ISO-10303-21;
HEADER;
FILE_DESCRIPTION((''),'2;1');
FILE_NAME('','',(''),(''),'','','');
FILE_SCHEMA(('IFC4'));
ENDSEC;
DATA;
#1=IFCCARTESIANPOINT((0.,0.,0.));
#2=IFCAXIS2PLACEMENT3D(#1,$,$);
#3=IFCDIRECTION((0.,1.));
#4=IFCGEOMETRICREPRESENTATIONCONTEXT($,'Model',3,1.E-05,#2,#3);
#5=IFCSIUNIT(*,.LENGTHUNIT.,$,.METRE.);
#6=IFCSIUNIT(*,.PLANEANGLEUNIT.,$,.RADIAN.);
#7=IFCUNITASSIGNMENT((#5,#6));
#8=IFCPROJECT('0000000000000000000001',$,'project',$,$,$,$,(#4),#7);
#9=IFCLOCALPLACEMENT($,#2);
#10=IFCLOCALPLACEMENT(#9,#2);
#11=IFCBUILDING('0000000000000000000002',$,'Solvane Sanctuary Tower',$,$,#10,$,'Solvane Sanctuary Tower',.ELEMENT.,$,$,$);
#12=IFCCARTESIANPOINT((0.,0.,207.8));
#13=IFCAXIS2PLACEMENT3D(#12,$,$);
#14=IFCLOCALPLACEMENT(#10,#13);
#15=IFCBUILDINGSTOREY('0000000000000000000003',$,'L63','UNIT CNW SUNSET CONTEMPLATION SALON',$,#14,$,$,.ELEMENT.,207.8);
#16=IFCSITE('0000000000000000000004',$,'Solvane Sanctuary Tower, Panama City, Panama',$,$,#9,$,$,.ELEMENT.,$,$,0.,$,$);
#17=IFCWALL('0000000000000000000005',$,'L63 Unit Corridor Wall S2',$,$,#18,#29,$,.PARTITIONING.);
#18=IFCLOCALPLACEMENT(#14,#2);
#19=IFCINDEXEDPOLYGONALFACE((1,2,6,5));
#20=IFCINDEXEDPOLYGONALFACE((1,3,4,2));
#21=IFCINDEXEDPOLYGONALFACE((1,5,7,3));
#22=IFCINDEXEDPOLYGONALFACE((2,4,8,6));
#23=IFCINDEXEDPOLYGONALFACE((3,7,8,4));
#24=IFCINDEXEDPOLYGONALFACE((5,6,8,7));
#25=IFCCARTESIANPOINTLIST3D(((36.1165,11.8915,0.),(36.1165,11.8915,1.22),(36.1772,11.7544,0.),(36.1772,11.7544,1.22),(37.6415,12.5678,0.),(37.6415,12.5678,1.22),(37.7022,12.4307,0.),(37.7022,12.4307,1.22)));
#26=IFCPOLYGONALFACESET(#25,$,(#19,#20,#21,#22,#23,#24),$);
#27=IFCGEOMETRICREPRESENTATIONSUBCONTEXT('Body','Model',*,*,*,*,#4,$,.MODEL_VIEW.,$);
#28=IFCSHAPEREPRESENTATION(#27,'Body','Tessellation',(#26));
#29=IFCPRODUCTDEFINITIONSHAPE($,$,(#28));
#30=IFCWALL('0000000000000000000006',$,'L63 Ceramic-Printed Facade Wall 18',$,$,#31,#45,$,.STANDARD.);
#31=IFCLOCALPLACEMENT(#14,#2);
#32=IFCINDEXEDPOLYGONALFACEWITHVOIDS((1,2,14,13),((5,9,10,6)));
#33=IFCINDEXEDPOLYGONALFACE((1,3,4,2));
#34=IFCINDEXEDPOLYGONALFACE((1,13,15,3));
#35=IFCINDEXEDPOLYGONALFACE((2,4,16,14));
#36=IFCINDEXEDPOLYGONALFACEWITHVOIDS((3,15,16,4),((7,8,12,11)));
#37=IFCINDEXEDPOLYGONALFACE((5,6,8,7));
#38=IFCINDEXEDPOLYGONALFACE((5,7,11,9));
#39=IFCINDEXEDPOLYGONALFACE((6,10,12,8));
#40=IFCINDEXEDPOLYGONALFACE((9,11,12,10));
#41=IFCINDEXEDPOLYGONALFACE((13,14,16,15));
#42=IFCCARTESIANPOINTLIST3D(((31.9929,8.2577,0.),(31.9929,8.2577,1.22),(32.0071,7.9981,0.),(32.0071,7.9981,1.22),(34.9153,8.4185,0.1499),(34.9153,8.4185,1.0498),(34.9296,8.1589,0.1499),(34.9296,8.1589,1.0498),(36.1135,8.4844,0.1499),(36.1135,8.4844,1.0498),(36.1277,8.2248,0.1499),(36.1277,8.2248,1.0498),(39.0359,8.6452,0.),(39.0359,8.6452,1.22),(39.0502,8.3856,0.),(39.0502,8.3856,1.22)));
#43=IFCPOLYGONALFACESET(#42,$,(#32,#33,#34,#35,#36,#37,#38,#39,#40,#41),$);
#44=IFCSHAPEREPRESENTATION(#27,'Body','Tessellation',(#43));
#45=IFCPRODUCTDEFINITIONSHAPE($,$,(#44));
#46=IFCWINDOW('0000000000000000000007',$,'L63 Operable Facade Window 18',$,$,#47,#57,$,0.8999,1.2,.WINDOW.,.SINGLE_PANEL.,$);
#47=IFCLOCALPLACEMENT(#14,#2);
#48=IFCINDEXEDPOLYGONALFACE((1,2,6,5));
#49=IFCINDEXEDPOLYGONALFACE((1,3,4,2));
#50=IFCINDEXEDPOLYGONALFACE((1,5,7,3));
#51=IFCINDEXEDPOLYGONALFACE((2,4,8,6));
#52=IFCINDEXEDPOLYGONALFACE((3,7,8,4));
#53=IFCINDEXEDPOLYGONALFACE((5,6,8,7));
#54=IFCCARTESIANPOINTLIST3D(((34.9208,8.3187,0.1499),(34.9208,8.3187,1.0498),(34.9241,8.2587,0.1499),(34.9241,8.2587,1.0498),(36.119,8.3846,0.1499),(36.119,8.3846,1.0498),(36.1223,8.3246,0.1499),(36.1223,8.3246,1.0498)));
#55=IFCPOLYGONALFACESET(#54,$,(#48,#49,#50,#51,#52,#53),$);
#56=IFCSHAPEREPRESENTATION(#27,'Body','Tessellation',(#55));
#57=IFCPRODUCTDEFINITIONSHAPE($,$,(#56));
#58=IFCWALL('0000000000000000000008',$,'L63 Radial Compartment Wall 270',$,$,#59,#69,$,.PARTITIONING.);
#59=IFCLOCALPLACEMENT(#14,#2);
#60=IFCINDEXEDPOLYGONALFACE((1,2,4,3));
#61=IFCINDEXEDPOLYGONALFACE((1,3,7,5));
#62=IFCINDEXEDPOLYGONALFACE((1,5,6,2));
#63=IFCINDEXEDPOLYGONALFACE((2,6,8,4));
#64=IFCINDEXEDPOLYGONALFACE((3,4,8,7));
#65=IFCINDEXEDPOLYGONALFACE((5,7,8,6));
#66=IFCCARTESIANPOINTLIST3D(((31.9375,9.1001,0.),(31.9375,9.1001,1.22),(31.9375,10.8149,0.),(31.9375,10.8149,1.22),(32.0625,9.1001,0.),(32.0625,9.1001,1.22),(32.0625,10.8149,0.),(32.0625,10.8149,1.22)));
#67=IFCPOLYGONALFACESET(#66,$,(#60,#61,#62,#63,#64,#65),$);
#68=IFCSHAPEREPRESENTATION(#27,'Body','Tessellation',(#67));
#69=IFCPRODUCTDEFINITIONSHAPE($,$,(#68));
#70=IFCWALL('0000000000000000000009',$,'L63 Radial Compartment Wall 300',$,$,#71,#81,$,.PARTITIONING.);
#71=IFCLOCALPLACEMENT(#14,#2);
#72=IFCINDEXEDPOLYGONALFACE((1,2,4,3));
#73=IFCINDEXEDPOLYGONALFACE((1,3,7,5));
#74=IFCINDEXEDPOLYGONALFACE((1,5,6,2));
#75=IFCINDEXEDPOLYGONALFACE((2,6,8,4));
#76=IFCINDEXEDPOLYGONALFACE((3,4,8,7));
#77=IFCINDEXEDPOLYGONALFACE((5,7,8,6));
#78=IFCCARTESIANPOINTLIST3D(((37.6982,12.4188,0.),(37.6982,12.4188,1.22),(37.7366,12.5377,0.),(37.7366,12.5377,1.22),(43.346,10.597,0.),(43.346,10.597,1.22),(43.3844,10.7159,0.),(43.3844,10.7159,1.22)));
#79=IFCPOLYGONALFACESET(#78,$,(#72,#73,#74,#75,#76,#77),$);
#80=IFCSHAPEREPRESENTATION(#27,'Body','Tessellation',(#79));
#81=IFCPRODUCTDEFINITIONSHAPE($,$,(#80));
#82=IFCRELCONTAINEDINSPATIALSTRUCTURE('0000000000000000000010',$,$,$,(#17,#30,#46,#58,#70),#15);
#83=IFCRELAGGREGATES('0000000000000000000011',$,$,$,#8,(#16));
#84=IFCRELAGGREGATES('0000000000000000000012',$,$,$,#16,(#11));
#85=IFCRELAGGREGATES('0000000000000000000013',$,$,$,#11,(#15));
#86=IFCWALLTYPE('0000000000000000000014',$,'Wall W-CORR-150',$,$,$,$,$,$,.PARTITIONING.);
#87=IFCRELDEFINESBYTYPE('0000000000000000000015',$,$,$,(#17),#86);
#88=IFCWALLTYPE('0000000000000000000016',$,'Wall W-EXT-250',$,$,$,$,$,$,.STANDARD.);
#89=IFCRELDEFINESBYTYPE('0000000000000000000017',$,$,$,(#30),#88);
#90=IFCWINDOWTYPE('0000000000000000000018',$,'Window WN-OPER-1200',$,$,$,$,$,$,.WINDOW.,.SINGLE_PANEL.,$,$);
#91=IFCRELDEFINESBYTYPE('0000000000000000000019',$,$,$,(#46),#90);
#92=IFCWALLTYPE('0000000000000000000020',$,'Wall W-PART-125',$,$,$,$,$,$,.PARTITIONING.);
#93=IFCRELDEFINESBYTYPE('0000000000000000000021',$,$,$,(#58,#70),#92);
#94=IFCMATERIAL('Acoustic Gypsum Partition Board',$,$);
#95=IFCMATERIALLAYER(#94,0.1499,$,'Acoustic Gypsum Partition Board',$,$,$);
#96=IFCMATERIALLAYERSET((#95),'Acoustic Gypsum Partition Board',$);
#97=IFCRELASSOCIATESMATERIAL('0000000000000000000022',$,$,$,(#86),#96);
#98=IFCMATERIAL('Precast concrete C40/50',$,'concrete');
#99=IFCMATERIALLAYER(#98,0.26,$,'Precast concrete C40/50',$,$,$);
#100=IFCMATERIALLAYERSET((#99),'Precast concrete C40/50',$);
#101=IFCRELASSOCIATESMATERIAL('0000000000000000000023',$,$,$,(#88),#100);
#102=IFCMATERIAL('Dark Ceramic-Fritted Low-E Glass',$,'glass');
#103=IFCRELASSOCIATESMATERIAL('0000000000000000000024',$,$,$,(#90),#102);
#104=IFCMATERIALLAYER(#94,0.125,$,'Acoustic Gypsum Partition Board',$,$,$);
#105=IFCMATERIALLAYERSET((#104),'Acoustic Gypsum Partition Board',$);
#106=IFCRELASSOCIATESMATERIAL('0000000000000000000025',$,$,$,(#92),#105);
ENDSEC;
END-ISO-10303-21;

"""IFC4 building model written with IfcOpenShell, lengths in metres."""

from ifc_helpers import new_model, si_unit, direction, frame, frame_2d, origin, place, context, subcontext, project, spatial, rectangle, extrude, material, layer, layer_set, type_object, element, fill, save


model = new_model("IFC4")

# Units and contexts
model_context = context("Model", 3, precision=1e-05, world=origin(), true_north=direction((0.0, 1.0)))
body_context = subcontext(model_context, "Body", "Model", "MODEL_VIEW")
ifc_project = project(units=[si_unit("LENGTHUNIT", "METRE"), si_unit("PLANEANGLEUNIT", "RADIAN")], contexts=[model_context])

# Site, building, storey
site_placement = place(None, origin())
site = spatial("IfcSite", under=ifc_project, at=site_placement, Name="Solvane Sanctuary Tower, Panama City, Panama", CompositionType="ELEMENT", RefElevation=0.0)
building_placement = place(site_placement, origin())
building = spatial("IfcBuilding", under=site, at=building_placement, Name="Solvane Sanctuary Tower", LongName="Solvane Sanctuary Tower", CompositionType="ELEMENT")
storey_placement = place(building_placement, frame((0.0, 0.0, 207.8)))
storey = spatial("IfcBuildingStorey", under=building, at=storey_placement, Name="L63", Description="UNIT CNW SUNSET CONTEMPLATION SALON", CompositionType="ELEMENT", Elevation=207.8)

# Shared definitions
ifc_material_1 = material(Name="Acoustic Gypsum Partition Board")
ifc_layer_1 = layer(ifc_material_1, 0.1499, Name="Acoustic Gypsum Partition Board")
ifc_layer_set_1 = layer_set([ifc_layer_1], Name="Acoustic Gypsum Partition Board")
wall_type_1 = type_object("IfcWallType", Name="Wall W-CORR-150", PredefinedType="PARTITIONING", material=ifc_layer_set_1)

# Wall
wall_1_placement = place(storey_placement, frame((36.147, 11.823, 0.0), z_axis=(0.0, 0.0, 1.0), x_axis=(0.914137, 0.405405, 0.0)))
element("IfcWall", 1, at=wall_1_placement, inside=storey, type_object=wall_type_1, Name="L63 Unit Corridor Wall S2", PredefinedType="PARTITIONING", context=body_context, shape_type="SweptSolid", body=[
    extrude(rectangle(XDim=1.6682, YDim=0.1499, at=frame_2d((0.834, 0.0))), origin(), (0.0, 0.0, 1.0), 1.22),
])

# Wall, opening, window
ifc_material_2 = material(Name="Precast concrete C40/50", Category="concrete")
ifc_layer_2 = layer(ifc_material_2, 0.26, Name="Precast concrete C40/50")
ifc_layer_set_2 = layer_set([ifc_layer_2], Name="Precast concrete C40/50")
wall_type_2 = type_object("IfcWallType", Name="Wall W-EXT-250", PredefinedType="STANDARD", material=ifc_layer_set_2)
wall_2_placement = place(storey_placement, frame((32.0, 8.1279, 0.0), z_axis=(0.0, 0.0, 1.0), x_axis=(0.99849, 0.054929, 0.0)))
wall_2 = element("IfcWall", 2, at=wall_2_placement, inside=storey, type_object=wall_type_2, Name="L63 Ceramic-Printed Facade Wall 18", PredefinedType="STANDARD", context=body_context, shape_type="SweptSolid", body=[
    extrude(rectangle(XDim=7.0537, YDim=0.26, at=frame_2d((3.5269, 0.0))), origin(), (0.0, 0.0, 1.0), 1.22),
])
opening_1_placement = place(wall_2_placement, frame((2.9268, 0.0, 0.1499)))
opening_1 = element("IfcOpeningElement", 3, at=opening_1_placement, cuts=wall_2, PredefinedType="OPENING", context=body_context, shape_type="SweptSolid", body=[
    extrude(rectangle(XDim=1.2, YDim=0.8999, at=frame_2d((0.6001, 0.45))), frame((0.0, 0.1399, 0.0), z_axis=(0.0, -1.0, 0.0), x_axis=(1.0, 0.0, 0.0)), (0.0, 0.0, 1.0), 0.28),
])
ifc_material_3 = material(Name="Dark Ceramic-Fritted Low-E Glass", Category="glass")
window_type = type_object("IfcWindowType", Name="Window WN-OPER-1200", PartitioningType="SINGLE_PANEL", PredefinedType="WINDOW", material=ifc_material_3)
window_placement = place(opening_1_placement, origin())
window = element("IfcWindow", 4, at=window_placement, inside=storey, type_object=window_type, Name="L63 Operable Facade Window 18", OverallHeight=0.8999, OverallWidth=1.2, PartitioningType="SINGLE_PANEL", PredefinedType="WINDOW", context=body_context, shape_type="SweptSolid", body=[
    extrude(rectangle(XDim=1.2, YDim=0.8999, at=frame_2d((0.6001, 0.45))), frame((0.0, 0.03, 0.0), z_axis=(0.0, -1.0, 0.0), x_axis=(1.0, 0.0, 0.0)), (0.0, 0.0, 1.0), 0.0601),
])
fill(opening_1, window)

# Walls
ifc_layer_3 = layer(ifc_material_1, 0.125, Name="Acoustic Gypsum Partition Board")
ifc_layer_set_3 = layer_set([ifc_layer_3], Name="Acoustic Gypsum Partition Board")
wall_type_3 = type_object("IfcWallType", Name="Wall W-PART-125", PredefinedType="PARTITIONING", material=ifc_layer_set_3)
wall_3_placement = place(storey_placement, frame((32.0, 10.8149, 0.0), z_axis=(0.0, 0.0, 1.0), x_axis=(0.0, -1.0, 0.0)))
element("IfcWall", 5, at=wall_3_placement, inside=storey, type_object=wall_type_3, Name="L63 Radial Compartment Wall 270", PredefinedType="PARTITIONING", context=body_context, shape_type="SweptSolid", body=[
    extrude(rectangle(XDim=1.7148, YDim=0.125, at=frame_2d((0.8574, 0.0))), origin(), (0.0, 0.0, 1.0), 1.22),
])
wall_4_placement = place(storey_placement, frame((37.7173, 12.4783, 0.0), z_axis=(0.0, 0.0, 1.0), x_axis=(0.951712, -0.306993, 0.0)))
element("IfcWall", 6, at=wall_4_placement, inside=storey, type_object=wall_type_3, Name="L63 Radial Compartment Wall 300", PredefinedType="PARTITIONING", context=body_context, shape_type="SweptSolid", body=[
    extrude(rectangle(XDim=5.9343, YDim=0.125, at=frame_2d((2.9673, 0.0))), origin(), (0.0, 0.0, 1.0), 1.22),
])

save(model, "model.ifc")
